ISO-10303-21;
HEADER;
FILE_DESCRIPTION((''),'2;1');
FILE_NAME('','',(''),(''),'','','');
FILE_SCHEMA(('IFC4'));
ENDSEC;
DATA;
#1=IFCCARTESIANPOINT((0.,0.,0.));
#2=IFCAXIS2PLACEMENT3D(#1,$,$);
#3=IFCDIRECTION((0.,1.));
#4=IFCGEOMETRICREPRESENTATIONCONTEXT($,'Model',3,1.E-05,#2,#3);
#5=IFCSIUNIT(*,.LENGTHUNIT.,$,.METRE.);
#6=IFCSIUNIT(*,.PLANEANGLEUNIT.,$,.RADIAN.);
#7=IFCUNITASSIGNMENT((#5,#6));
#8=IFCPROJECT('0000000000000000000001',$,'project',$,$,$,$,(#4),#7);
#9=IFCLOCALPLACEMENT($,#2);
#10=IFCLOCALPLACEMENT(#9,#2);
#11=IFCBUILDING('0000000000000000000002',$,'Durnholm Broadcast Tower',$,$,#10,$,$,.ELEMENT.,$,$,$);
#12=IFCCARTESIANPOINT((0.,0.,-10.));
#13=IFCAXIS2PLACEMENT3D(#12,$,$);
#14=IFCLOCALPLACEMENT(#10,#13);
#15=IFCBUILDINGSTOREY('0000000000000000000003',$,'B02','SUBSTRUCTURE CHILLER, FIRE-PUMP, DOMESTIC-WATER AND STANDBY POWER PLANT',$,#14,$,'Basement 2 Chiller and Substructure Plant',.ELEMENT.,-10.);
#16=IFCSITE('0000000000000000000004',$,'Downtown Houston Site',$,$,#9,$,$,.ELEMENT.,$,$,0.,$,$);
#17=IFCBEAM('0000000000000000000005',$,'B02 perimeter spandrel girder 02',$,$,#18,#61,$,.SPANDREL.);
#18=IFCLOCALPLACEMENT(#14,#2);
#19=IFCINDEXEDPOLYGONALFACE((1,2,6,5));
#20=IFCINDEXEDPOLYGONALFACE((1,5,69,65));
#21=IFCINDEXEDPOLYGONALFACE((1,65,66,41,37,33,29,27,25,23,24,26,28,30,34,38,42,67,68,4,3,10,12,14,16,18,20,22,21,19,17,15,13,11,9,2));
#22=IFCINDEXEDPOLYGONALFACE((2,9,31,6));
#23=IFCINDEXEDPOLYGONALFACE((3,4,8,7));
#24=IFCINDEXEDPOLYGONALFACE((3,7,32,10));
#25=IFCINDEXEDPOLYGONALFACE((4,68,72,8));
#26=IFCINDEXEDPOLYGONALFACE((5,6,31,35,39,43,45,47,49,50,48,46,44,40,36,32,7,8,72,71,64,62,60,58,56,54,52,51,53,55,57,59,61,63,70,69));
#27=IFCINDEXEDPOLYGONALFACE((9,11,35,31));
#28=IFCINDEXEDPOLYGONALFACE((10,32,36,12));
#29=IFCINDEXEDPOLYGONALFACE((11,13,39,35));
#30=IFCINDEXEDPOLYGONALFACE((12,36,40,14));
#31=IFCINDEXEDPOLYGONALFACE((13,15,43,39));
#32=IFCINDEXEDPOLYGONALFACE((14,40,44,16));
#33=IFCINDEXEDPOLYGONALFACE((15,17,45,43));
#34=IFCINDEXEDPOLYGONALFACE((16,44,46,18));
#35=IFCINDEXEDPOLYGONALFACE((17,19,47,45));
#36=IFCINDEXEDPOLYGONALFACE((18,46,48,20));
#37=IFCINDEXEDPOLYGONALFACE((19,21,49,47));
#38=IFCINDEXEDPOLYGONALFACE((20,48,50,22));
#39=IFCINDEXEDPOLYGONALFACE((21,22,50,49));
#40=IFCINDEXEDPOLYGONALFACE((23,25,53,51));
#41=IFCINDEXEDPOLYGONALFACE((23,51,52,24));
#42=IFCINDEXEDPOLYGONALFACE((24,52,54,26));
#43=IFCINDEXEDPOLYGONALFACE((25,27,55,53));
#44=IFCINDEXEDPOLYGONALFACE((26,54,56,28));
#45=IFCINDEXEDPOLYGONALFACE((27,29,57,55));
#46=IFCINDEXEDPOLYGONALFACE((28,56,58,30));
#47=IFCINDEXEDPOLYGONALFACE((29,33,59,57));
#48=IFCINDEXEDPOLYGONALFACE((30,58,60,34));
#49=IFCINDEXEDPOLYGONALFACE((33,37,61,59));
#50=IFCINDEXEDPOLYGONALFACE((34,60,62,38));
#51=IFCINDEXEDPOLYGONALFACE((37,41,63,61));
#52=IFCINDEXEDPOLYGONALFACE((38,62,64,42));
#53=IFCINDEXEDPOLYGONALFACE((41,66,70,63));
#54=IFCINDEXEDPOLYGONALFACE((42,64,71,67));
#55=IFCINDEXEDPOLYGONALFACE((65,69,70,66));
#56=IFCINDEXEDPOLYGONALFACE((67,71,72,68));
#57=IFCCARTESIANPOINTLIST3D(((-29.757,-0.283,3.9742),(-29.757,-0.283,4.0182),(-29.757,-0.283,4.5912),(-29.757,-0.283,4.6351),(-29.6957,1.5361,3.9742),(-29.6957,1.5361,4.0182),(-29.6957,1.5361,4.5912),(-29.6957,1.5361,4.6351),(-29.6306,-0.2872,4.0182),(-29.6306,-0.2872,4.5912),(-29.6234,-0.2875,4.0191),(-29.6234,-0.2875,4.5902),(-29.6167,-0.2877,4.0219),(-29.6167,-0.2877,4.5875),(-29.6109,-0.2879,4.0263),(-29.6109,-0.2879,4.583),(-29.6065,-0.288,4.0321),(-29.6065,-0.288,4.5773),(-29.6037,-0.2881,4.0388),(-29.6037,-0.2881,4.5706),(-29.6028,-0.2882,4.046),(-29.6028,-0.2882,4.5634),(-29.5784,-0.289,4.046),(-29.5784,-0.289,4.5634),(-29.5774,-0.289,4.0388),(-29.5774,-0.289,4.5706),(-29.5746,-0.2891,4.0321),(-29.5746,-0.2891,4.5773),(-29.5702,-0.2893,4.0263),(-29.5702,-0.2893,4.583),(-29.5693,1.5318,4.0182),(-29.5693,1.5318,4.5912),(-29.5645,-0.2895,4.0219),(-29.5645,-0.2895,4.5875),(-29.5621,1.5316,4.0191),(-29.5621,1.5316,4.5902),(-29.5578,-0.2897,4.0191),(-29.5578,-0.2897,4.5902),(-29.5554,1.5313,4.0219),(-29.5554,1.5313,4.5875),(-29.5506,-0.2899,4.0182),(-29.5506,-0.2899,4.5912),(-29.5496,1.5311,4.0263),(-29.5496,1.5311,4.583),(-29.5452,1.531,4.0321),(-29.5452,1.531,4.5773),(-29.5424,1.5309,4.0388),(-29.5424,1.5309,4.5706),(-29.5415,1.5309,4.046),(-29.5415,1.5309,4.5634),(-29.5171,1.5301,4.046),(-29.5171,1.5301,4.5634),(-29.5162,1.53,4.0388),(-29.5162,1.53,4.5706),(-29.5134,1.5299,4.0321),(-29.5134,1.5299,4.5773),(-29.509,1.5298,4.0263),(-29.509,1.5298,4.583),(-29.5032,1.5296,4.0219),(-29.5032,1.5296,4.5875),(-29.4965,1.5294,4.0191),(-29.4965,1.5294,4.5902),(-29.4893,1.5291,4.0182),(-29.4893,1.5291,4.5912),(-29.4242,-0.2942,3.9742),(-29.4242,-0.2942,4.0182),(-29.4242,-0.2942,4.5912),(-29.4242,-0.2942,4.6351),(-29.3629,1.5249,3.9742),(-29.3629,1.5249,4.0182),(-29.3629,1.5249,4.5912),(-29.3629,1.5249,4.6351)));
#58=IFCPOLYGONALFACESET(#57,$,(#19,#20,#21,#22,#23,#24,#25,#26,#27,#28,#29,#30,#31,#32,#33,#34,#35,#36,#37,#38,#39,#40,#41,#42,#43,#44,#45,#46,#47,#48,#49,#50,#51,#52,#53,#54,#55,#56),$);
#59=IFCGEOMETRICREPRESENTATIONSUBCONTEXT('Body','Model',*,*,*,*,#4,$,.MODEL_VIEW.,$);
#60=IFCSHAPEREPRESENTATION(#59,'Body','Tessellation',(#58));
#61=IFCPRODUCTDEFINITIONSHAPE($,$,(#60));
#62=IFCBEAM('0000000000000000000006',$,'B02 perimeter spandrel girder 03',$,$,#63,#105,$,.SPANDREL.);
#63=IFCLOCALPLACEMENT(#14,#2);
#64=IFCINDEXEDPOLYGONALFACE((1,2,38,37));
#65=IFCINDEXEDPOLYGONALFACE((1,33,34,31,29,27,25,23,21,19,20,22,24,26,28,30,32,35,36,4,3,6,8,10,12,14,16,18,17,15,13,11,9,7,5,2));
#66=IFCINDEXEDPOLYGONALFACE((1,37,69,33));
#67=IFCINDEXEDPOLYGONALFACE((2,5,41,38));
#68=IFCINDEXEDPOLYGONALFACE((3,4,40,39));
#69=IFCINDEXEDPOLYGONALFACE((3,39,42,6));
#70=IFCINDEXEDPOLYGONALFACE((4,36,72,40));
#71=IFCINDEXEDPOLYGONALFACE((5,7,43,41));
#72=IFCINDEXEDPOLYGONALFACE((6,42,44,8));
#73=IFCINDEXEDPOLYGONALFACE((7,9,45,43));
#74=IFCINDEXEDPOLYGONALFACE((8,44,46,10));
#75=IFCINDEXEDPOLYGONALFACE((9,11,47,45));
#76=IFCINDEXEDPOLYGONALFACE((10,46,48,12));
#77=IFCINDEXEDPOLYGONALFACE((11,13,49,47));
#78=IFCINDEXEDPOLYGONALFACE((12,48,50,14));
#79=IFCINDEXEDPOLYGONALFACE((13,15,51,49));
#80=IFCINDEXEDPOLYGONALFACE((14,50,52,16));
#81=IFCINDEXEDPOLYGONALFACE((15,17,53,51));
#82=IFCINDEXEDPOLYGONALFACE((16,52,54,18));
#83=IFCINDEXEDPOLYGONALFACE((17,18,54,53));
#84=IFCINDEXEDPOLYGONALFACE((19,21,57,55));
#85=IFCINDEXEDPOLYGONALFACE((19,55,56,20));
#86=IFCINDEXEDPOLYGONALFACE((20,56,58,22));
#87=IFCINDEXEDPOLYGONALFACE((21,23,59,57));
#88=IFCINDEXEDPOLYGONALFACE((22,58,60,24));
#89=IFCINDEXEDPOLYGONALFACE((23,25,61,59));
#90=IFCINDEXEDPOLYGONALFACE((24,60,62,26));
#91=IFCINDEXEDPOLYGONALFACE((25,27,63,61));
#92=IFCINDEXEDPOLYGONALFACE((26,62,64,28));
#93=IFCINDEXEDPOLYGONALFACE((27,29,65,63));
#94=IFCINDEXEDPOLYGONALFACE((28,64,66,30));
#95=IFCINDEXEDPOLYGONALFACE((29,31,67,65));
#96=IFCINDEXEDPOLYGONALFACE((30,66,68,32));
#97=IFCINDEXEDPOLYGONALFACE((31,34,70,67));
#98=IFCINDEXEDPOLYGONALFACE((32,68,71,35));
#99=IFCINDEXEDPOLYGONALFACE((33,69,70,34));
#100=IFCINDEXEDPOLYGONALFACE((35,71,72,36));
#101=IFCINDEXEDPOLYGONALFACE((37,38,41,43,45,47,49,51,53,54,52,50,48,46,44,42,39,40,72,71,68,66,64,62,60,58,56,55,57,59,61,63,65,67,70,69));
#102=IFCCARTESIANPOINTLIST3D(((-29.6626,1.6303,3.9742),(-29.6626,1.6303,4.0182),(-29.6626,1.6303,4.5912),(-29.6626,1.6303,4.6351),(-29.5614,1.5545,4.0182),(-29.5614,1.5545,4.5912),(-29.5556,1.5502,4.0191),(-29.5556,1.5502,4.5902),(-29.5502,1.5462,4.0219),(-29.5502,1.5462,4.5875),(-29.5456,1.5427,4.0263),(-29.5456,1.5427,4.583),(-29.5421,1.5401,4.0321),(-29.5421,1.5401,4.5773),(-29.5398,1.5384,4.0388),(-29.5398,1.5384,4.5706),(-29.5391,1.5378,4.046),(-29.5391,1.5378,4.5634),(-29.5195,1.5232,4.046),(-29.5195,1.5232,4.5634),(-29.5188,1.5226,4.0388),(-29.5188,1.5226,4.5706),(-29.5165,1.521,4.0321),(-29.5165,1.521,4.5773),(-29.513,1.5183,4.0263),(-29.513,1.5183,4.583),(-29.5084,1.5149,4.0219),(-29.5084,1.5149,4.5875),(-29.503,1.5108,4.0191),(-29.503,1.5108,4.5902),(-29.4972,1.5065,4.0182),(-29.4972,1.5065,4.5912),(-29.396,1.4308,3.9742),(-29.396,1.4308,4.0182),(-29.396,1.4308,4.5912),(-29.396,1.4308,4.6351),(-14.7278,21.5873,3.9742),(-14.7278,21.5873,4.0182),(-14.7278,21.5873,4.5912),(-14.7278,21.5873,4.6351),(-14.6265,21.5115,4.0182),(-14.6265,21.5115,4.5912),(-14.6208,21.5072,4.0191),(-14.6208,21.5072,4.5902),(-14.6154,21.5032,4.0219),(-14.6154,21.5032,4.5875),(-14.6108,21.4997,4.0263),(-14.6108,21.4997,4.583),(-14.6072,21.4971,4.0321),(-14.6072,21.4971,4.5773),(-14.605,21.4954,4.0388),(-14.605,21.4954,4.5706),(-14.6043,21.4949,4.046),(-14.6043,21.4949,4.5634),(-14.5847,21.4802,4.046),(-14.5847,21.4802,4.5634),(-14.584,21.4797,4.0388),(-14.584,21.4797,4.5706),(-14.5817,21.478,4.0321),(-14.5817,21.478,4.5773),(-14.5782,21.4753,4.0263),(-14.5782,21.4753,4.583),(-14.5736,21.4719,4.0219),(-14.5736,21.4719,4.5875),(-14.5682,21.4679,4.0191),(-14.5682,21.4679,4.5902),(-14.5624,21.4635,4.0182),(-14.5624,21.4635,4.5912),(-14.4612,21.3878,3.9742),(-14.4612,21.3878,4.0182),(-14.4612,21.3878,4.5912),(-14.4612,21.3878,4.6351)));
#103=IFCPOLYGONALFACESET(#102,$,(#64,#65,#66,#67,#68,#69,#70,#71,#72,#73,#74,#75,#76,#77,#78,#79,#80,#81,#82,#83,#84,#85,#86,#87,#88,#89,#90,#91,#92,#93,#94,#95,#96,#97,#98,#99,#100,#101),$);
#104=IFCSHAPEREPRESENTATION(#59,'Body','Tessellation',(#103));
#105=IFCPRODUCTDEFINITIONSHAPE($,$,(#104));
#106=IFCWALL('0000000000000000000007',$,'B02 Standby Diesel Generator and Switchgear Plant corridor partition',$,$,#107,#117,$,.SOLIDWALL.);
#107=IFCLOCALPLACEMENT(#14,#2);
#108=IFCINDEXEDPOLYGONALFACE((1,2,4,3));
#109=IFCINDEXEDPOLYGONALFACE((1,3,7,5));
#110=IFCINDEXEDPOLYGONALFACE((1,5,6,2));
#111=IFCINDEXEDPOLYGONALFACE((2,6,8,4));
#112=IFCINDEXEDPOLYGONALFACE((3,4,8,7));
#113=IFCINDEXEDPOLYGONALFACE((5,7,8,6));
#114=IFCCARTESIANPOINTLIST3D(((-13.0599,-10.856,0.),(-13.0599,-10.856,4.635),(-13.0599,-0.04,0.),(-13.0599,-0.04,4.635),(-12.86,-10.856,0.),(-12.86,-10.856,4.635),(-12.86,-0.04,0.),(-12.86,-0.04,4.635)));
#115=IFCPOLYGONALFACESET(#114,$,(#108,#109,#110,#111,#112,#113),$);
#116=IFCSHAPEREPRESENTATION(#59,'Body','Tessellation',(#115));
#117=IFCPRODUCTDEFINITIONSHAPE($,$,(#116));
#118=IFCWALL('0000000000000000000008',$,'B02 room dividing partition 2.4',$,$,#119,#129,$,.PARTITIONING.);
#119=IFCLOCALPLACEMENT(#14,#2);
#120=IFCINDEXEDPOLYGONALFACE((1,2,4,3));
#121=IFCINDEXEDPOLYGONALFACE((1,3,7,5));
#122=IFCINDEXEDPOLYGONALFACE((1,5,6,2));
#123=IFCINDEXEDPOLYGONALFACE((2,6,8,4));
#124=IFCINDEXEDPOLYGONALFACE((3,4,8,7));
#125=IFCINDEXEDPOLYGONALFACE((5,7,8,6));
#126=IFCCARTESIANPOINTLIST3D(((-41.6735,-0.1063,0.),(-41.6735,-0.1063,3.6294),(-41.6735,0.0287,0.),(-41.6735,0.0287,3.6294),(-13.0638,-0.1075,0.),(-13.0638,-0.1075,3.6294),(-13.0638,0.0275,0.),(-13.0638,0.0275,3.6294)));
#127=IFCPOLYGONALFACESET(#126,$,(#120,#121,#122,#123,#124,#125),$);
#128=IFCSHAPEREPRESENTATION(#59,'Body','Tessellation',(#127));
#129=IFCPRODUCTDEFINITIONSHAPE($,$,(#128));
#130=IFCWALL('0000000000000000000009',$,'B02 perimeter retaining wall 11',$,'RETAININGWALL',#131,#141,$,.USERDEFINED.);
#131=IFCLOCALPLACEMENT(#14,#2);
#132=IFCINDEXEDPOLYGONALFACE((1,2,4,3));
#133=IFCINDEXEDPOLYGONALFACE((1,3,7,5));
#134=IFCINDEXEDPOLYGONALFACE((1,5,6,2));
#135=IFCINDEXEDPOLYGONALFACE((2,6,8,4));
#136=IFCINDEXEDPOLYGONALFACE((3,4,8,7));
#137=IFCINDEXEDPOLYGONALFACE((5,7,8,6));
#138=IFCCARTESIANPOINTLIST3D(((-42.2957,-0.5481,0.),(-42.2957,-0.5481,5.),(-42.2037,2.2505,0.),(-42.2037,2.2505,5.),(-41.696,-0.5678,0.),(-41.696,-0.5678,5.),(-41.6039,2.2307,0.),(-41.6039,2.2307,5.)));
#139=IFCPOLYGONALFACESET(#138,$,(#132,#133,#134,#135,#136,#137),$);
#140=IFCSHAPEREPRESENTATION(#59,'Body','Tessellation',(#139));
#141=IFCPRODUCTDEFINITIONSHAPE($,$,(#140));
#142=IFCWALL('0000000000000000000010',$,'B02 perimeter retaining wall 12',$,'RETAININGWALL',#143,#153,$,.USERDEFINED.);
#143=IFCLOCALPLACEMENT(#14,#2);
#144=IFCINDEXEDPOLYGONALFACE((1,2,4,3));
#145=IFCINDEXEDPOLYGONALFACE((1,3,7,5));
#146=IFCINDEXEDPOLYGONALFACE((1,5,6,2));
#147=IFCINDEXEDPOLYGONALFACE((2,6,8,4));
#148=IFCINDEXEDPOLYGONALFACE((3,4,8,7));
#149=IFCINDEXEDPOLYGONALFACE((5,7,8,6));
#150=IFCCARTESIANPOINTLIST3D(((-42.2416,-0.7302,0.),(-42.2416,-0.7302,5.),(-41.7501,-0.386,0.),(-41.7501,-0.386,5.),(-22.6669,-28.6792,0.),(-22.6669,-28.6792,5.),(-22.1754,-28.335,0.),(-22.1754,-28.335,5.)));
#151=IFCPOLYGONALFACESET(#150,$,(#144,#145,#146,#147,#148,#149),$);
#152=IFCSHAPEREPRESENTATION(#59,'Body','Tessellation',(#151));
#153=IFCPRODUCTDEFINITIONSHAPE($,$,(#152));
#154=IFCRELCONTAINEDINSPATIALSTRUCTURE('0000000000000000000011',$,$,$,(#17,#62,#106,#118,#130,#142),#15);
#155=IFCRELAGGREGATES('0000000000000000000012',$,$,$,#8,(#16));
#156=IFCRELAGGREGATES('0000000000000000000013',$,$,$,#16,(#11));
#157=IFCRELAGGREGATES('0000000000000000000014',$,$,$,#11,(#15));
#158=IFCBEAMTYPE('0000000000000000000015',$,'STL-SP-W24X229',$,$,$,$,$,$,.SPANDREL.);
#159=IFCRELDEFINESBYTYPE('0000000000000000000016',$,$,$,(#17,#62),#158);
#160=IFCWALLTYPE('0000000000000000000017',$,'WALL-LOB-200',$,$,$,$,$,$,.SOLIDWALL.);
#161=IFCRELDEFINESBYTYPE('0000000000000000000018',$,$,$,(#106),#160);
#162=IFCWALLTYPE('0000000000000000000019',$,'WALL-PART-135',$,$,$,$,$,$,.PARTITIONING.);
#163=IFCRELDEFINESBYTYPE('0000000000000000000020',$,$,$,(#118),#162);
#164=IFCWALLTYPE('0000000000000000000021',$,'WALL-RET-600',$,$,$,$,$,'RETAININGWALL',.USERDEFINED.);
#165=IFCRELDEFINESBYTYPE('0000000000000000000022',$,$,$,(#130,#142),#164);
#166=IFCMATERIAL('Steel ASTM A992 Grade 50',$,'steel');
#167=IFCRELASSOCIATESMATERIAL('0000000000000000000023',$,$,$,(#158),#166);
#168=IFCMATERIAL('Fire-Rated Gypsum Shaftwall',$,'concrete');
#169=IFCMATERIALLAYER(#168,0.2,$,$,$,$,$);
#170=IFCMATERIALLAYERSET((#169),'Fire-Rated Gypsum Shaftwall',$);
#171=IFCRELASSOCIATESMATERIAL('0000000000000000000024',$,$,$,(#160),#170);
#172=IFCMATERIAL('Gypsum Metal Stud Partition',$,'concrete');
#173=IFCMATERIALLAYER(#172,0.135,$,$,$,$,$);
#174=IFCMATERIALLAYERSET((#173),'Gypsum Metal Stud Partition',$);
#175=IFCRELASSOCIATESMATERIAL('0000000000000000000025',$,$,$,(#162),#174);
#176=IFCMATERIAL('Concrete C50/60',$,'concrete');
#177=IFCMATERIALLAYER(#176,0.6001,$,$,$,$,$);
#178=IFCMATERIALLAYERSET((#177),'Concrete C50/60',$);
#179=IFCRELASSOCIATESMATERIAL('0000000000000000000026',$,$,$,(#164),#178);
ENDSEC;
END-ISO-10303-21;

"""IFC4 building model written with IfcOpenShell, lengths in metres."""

from ifc_helpers import new_model, si_unit, direction, frame, frame_2d, origin, origin_2d, place, context, subcontext, project, spatial, rectangle, i_section, extrude, source, transform, mapped, material, layer, layer_set, material_profile, profile_set, type_object, type_shapes, element, save


model = new_model("IFC4")

# Units and contexts
model_context = context("Model", 3, precision=1e-05, world=origin(), true_north=direction((0.0, 1.0)))
body_context = subcontext(model_context, "Body", "Model", "MODEL_VIEW")
ifc_project = project(units=[si_unit("LENGTHUNIT", "METRE"), si_unit("PLANEANGLEUNIT", "RADIAN")], contexts=[model_context])

# Site, building, storey
site_placement = place(None, origin())
site = spatial("IfcSite", under=ifc_project, at=site_placement, Name="Downtown Houston Site", CompositionType="ELEMENT", RefElevation=0.0)
building_placement = place(site_placement, origin())
building = spatial("IfcBuilding", under=site, at=building_placement, Name="Durnholm Broadcast Tower", CompositionType="ELEMENT")
storey_placement = place(building_placement, frame((0.0, 0.0, -10.0)))
storey = spatial("IfcBuildingStorey", under=building, at=storey_placement, Name="B02", Description="SUBSTRUCTURE CHILLER, FIRE-PUMP, DOMESTIC-WATER AND STANDBY POWER PLANT", LongName="Basement 2 Chiller and Substructure Plant", CompositionType="ELEMENT", Elevation=-10.0)

# Shared definitions
ifc_material_1 = material(Name="Concrete C50/60", Category="concrete")

# Beams
ifc_material_2 = material(Name="Steel ASTM A992 Grade 50", Category="steel")
ifc_material_profile_1 = material_profile(ifc_material_2, i_section(OverallWidth=0.333, OverallDepth=0.6609, WebThickness=0.0244, FlangeThickness=0.0439, FilletRadius=0.0278, at=origin_2d()), Name="W24X229")
ifc_profile_set_1 = profile_set([ifc_material_profile_1], Name="Steel ASTM A992 Grade 50")
beam_type = type_object("IfcBeamType", Name="STL-SP-W24X229", PredefinedType="SPANDREL", material=ifc_profile_set_1)
shared_shape_1 = source(origin(), body_context, "Body", "SweptSolid", [
    extrude(i_section(OverallWidth=0.333, OverallDepth=0.6609, WebThickness=0.0244, FlangeThickness=0.0439, FilletRadius=0.0278, at=origin_2d()), origin(), (0.0, 0.0, 1.0), 1.8201),
])
beam_1_placement = place(storey_placement, frame((-29.5906, -0.2886, 4.3047), z_axis=(0.033668, 0.999433, 0.0), x_axis=(-0.999433, 0.033668, 0.0)))
element("IfcBeam", 1, at=beam_1_placement, inside=storey, type_object=beam_type, Name="B02 perimeter spandrel girder 02", PredefinedType="SPANDREL", context=body_context, shape_type="MappedRepresentation", body=[
    mapped(shared_shape_1, transform((0.0, 0.0, 0.0), x_axis=(1.0, 0.0, 0.0), y_axis=(0.0, 1.0, 0.0), z_axis=(0.0, 0.0, 1.0), scale=1.0)),
])
shared_shape_2 = source(origin(), body_context, "Body", "SweptSolid", [
    extrude(i_section(OverallWidth=0.333, OverallDepth=0.6609, WebThickness=0.0244, FlangeThickness=0.0439, FilletRadius=0.0278, at=origin_2d()), origin(), (0.0, 0.0, 1.0), 24.9265),
])
type_shapes(beam_type, [shared_shape_1, shared_shape_2])
beam_2_placement = place(storey_placement, frame((-29.5293, 1.5305, 4.3047), z_axis=(0.599153, 0.800634, 0.0), x_axis=(-0.800634, 0.599153, 0.0)))
element("IfcBeam", 2, at=beam_2_placement, inside=storey, type_object=beam_type, Name="B02 perimeter spandrel girder 03", PredefinedType="SPANDREL", context=body_context, shape_type="MappedRepresentation", body=[
    mapped(shared_shape_2, transform((0.0, 0.0, 0.0), x_axis=(1.0, 0.0, 0.0), y_axis=(0.0, 1.0, 0.0), z_axis=(0.0, 0.0, 1.0), scale=1.0)),
])

# Walls
ifc_material_3 = material(Name="Fire-Rated Gypsum Shaftwall", Category="concrete")
ifc_layer_1 = layer(ifc_material_3, 0.2)
ifc_layer_set_1 = layer_set([ifc_layer_1], Name="Fire-Rated Gypsum Shaftwall")
wall_type_1 = type_object("IfcWallType", Name="WALL-LOB-200", PredefinedType="SOLIDWALL", material=ifc_layer_set_1)
wall_1_placement = place(storey_placement, frame((-12.96, -0.04, 0.0), z_axis=(0.0, 0.0, 1.0), x_axis=(0.0, -1.0, 0.0)))
element("IfcWall", 3, at=wall_1_placement, inside=storey, type_object=wall_type_1, Name="B02 Standby Diesel Generator and Switchgear Plant corridor partition", PredefinedType="SOLIDWALL", context=body_context, shape_type="SweptSolid", body=[
    extrude(rectangle(XDim=10.8159, YDim=0.2, at=frame_2d((5.408, 0.0))), origin(), (0.0, 0.0, 1.0), 4.635),
])
ifc_material_4 = material(Name="Gypsum Metal Stud Partition", Category="concrete")
ifc_layer_2 = layer(ifc_material_4, 0.135)
ifc_layer_set_2 = layer_set([ifc_layer_2], Name="Gypsum Metal Stud Partition")
wall_type_2 = type_object("IfcWallType", Name="WALL-PART-135", PredefinedType="PARTITIONING", material=ifc_layer_set_2)
wall_2_placement = place(storey_placement, frame((-13.064, -0.04, 0.0), z_axis=(0.0, 0.0, 1.0), x_axis=(-1.0, 0.000043, 0.0)))
element("IfcWall", 4, at=wall_2_placement, inside=storey, type_object=wall_type_2, Name="B02 room dividing partition 2.4", PredefinedType="PARTITIONING", context=body_context, shape_type="SweptSolid", body=[
    extrude(rectangle(XDim=28.6096, YDim=0.135, at=frame_2d((14.3047, 0.0))), origin(), (0.0, 0.0, 1.0), 3.6294),
])
ifc_layer_3 = layer(ifc_material_1, 0.6001)
ifc_layer_set_3 = layer_set([ifc_layer_3], Name="Concrete C50/60")
wall_type_3 = type_object("IfcWallType", Name="WALL-RET-600", ElementType="RETAININGWALL", PredefinedType="USERDEFINED", material=ifc_layer_set_3)
wall_3_placement = place(storey_placement, frame((-41.9038, 2.2405, 0.0), z_axis=(0.0, 0.0, 1.0), x_axis=(-0.032871, -0.99946, 0.0)))
element("IfcWall", 5, at=wall_3_placement, inside=storey, type_object=wall_type_3, Name="B02 perimeter retaining wall 11", ObjectType="RETAININGWALL", PredefinedType="USERDEFINED", context=body_context, shape_type="SweptSolid", body=[
    extrude(rectangle(XDim=2.8, YDim=0.6001, at=frame_2d((1.3999, 0.0))), origin(), (0.0, 0.0, 1.0), 5.0),
])
wall_4_placement = place(storey_placement, frame((-41.9958, -0.5581, 0.0), z_axis=(0.0, 0.0, 1.0), x_axis=(0.573667, -0.819088, 0.0)))
element("IfcWall", 6, at=wall_4_placement, inside=storey, type_object=wall_type_3, Name="B02 perimeter retaining wall 12", ObjectType="RETAININGWALL", PredefinedType="USERDEFINED", context=body_context, shape_type="SweptSolid", body=[
    extrude(rectangle(XDim=34.1221, YDim=0.6001, at=frame_2d((17.061, 0.0))), origin(), (0.0, 0.0, 1.0), 5.0),
])

save(model, "model.ifc")
